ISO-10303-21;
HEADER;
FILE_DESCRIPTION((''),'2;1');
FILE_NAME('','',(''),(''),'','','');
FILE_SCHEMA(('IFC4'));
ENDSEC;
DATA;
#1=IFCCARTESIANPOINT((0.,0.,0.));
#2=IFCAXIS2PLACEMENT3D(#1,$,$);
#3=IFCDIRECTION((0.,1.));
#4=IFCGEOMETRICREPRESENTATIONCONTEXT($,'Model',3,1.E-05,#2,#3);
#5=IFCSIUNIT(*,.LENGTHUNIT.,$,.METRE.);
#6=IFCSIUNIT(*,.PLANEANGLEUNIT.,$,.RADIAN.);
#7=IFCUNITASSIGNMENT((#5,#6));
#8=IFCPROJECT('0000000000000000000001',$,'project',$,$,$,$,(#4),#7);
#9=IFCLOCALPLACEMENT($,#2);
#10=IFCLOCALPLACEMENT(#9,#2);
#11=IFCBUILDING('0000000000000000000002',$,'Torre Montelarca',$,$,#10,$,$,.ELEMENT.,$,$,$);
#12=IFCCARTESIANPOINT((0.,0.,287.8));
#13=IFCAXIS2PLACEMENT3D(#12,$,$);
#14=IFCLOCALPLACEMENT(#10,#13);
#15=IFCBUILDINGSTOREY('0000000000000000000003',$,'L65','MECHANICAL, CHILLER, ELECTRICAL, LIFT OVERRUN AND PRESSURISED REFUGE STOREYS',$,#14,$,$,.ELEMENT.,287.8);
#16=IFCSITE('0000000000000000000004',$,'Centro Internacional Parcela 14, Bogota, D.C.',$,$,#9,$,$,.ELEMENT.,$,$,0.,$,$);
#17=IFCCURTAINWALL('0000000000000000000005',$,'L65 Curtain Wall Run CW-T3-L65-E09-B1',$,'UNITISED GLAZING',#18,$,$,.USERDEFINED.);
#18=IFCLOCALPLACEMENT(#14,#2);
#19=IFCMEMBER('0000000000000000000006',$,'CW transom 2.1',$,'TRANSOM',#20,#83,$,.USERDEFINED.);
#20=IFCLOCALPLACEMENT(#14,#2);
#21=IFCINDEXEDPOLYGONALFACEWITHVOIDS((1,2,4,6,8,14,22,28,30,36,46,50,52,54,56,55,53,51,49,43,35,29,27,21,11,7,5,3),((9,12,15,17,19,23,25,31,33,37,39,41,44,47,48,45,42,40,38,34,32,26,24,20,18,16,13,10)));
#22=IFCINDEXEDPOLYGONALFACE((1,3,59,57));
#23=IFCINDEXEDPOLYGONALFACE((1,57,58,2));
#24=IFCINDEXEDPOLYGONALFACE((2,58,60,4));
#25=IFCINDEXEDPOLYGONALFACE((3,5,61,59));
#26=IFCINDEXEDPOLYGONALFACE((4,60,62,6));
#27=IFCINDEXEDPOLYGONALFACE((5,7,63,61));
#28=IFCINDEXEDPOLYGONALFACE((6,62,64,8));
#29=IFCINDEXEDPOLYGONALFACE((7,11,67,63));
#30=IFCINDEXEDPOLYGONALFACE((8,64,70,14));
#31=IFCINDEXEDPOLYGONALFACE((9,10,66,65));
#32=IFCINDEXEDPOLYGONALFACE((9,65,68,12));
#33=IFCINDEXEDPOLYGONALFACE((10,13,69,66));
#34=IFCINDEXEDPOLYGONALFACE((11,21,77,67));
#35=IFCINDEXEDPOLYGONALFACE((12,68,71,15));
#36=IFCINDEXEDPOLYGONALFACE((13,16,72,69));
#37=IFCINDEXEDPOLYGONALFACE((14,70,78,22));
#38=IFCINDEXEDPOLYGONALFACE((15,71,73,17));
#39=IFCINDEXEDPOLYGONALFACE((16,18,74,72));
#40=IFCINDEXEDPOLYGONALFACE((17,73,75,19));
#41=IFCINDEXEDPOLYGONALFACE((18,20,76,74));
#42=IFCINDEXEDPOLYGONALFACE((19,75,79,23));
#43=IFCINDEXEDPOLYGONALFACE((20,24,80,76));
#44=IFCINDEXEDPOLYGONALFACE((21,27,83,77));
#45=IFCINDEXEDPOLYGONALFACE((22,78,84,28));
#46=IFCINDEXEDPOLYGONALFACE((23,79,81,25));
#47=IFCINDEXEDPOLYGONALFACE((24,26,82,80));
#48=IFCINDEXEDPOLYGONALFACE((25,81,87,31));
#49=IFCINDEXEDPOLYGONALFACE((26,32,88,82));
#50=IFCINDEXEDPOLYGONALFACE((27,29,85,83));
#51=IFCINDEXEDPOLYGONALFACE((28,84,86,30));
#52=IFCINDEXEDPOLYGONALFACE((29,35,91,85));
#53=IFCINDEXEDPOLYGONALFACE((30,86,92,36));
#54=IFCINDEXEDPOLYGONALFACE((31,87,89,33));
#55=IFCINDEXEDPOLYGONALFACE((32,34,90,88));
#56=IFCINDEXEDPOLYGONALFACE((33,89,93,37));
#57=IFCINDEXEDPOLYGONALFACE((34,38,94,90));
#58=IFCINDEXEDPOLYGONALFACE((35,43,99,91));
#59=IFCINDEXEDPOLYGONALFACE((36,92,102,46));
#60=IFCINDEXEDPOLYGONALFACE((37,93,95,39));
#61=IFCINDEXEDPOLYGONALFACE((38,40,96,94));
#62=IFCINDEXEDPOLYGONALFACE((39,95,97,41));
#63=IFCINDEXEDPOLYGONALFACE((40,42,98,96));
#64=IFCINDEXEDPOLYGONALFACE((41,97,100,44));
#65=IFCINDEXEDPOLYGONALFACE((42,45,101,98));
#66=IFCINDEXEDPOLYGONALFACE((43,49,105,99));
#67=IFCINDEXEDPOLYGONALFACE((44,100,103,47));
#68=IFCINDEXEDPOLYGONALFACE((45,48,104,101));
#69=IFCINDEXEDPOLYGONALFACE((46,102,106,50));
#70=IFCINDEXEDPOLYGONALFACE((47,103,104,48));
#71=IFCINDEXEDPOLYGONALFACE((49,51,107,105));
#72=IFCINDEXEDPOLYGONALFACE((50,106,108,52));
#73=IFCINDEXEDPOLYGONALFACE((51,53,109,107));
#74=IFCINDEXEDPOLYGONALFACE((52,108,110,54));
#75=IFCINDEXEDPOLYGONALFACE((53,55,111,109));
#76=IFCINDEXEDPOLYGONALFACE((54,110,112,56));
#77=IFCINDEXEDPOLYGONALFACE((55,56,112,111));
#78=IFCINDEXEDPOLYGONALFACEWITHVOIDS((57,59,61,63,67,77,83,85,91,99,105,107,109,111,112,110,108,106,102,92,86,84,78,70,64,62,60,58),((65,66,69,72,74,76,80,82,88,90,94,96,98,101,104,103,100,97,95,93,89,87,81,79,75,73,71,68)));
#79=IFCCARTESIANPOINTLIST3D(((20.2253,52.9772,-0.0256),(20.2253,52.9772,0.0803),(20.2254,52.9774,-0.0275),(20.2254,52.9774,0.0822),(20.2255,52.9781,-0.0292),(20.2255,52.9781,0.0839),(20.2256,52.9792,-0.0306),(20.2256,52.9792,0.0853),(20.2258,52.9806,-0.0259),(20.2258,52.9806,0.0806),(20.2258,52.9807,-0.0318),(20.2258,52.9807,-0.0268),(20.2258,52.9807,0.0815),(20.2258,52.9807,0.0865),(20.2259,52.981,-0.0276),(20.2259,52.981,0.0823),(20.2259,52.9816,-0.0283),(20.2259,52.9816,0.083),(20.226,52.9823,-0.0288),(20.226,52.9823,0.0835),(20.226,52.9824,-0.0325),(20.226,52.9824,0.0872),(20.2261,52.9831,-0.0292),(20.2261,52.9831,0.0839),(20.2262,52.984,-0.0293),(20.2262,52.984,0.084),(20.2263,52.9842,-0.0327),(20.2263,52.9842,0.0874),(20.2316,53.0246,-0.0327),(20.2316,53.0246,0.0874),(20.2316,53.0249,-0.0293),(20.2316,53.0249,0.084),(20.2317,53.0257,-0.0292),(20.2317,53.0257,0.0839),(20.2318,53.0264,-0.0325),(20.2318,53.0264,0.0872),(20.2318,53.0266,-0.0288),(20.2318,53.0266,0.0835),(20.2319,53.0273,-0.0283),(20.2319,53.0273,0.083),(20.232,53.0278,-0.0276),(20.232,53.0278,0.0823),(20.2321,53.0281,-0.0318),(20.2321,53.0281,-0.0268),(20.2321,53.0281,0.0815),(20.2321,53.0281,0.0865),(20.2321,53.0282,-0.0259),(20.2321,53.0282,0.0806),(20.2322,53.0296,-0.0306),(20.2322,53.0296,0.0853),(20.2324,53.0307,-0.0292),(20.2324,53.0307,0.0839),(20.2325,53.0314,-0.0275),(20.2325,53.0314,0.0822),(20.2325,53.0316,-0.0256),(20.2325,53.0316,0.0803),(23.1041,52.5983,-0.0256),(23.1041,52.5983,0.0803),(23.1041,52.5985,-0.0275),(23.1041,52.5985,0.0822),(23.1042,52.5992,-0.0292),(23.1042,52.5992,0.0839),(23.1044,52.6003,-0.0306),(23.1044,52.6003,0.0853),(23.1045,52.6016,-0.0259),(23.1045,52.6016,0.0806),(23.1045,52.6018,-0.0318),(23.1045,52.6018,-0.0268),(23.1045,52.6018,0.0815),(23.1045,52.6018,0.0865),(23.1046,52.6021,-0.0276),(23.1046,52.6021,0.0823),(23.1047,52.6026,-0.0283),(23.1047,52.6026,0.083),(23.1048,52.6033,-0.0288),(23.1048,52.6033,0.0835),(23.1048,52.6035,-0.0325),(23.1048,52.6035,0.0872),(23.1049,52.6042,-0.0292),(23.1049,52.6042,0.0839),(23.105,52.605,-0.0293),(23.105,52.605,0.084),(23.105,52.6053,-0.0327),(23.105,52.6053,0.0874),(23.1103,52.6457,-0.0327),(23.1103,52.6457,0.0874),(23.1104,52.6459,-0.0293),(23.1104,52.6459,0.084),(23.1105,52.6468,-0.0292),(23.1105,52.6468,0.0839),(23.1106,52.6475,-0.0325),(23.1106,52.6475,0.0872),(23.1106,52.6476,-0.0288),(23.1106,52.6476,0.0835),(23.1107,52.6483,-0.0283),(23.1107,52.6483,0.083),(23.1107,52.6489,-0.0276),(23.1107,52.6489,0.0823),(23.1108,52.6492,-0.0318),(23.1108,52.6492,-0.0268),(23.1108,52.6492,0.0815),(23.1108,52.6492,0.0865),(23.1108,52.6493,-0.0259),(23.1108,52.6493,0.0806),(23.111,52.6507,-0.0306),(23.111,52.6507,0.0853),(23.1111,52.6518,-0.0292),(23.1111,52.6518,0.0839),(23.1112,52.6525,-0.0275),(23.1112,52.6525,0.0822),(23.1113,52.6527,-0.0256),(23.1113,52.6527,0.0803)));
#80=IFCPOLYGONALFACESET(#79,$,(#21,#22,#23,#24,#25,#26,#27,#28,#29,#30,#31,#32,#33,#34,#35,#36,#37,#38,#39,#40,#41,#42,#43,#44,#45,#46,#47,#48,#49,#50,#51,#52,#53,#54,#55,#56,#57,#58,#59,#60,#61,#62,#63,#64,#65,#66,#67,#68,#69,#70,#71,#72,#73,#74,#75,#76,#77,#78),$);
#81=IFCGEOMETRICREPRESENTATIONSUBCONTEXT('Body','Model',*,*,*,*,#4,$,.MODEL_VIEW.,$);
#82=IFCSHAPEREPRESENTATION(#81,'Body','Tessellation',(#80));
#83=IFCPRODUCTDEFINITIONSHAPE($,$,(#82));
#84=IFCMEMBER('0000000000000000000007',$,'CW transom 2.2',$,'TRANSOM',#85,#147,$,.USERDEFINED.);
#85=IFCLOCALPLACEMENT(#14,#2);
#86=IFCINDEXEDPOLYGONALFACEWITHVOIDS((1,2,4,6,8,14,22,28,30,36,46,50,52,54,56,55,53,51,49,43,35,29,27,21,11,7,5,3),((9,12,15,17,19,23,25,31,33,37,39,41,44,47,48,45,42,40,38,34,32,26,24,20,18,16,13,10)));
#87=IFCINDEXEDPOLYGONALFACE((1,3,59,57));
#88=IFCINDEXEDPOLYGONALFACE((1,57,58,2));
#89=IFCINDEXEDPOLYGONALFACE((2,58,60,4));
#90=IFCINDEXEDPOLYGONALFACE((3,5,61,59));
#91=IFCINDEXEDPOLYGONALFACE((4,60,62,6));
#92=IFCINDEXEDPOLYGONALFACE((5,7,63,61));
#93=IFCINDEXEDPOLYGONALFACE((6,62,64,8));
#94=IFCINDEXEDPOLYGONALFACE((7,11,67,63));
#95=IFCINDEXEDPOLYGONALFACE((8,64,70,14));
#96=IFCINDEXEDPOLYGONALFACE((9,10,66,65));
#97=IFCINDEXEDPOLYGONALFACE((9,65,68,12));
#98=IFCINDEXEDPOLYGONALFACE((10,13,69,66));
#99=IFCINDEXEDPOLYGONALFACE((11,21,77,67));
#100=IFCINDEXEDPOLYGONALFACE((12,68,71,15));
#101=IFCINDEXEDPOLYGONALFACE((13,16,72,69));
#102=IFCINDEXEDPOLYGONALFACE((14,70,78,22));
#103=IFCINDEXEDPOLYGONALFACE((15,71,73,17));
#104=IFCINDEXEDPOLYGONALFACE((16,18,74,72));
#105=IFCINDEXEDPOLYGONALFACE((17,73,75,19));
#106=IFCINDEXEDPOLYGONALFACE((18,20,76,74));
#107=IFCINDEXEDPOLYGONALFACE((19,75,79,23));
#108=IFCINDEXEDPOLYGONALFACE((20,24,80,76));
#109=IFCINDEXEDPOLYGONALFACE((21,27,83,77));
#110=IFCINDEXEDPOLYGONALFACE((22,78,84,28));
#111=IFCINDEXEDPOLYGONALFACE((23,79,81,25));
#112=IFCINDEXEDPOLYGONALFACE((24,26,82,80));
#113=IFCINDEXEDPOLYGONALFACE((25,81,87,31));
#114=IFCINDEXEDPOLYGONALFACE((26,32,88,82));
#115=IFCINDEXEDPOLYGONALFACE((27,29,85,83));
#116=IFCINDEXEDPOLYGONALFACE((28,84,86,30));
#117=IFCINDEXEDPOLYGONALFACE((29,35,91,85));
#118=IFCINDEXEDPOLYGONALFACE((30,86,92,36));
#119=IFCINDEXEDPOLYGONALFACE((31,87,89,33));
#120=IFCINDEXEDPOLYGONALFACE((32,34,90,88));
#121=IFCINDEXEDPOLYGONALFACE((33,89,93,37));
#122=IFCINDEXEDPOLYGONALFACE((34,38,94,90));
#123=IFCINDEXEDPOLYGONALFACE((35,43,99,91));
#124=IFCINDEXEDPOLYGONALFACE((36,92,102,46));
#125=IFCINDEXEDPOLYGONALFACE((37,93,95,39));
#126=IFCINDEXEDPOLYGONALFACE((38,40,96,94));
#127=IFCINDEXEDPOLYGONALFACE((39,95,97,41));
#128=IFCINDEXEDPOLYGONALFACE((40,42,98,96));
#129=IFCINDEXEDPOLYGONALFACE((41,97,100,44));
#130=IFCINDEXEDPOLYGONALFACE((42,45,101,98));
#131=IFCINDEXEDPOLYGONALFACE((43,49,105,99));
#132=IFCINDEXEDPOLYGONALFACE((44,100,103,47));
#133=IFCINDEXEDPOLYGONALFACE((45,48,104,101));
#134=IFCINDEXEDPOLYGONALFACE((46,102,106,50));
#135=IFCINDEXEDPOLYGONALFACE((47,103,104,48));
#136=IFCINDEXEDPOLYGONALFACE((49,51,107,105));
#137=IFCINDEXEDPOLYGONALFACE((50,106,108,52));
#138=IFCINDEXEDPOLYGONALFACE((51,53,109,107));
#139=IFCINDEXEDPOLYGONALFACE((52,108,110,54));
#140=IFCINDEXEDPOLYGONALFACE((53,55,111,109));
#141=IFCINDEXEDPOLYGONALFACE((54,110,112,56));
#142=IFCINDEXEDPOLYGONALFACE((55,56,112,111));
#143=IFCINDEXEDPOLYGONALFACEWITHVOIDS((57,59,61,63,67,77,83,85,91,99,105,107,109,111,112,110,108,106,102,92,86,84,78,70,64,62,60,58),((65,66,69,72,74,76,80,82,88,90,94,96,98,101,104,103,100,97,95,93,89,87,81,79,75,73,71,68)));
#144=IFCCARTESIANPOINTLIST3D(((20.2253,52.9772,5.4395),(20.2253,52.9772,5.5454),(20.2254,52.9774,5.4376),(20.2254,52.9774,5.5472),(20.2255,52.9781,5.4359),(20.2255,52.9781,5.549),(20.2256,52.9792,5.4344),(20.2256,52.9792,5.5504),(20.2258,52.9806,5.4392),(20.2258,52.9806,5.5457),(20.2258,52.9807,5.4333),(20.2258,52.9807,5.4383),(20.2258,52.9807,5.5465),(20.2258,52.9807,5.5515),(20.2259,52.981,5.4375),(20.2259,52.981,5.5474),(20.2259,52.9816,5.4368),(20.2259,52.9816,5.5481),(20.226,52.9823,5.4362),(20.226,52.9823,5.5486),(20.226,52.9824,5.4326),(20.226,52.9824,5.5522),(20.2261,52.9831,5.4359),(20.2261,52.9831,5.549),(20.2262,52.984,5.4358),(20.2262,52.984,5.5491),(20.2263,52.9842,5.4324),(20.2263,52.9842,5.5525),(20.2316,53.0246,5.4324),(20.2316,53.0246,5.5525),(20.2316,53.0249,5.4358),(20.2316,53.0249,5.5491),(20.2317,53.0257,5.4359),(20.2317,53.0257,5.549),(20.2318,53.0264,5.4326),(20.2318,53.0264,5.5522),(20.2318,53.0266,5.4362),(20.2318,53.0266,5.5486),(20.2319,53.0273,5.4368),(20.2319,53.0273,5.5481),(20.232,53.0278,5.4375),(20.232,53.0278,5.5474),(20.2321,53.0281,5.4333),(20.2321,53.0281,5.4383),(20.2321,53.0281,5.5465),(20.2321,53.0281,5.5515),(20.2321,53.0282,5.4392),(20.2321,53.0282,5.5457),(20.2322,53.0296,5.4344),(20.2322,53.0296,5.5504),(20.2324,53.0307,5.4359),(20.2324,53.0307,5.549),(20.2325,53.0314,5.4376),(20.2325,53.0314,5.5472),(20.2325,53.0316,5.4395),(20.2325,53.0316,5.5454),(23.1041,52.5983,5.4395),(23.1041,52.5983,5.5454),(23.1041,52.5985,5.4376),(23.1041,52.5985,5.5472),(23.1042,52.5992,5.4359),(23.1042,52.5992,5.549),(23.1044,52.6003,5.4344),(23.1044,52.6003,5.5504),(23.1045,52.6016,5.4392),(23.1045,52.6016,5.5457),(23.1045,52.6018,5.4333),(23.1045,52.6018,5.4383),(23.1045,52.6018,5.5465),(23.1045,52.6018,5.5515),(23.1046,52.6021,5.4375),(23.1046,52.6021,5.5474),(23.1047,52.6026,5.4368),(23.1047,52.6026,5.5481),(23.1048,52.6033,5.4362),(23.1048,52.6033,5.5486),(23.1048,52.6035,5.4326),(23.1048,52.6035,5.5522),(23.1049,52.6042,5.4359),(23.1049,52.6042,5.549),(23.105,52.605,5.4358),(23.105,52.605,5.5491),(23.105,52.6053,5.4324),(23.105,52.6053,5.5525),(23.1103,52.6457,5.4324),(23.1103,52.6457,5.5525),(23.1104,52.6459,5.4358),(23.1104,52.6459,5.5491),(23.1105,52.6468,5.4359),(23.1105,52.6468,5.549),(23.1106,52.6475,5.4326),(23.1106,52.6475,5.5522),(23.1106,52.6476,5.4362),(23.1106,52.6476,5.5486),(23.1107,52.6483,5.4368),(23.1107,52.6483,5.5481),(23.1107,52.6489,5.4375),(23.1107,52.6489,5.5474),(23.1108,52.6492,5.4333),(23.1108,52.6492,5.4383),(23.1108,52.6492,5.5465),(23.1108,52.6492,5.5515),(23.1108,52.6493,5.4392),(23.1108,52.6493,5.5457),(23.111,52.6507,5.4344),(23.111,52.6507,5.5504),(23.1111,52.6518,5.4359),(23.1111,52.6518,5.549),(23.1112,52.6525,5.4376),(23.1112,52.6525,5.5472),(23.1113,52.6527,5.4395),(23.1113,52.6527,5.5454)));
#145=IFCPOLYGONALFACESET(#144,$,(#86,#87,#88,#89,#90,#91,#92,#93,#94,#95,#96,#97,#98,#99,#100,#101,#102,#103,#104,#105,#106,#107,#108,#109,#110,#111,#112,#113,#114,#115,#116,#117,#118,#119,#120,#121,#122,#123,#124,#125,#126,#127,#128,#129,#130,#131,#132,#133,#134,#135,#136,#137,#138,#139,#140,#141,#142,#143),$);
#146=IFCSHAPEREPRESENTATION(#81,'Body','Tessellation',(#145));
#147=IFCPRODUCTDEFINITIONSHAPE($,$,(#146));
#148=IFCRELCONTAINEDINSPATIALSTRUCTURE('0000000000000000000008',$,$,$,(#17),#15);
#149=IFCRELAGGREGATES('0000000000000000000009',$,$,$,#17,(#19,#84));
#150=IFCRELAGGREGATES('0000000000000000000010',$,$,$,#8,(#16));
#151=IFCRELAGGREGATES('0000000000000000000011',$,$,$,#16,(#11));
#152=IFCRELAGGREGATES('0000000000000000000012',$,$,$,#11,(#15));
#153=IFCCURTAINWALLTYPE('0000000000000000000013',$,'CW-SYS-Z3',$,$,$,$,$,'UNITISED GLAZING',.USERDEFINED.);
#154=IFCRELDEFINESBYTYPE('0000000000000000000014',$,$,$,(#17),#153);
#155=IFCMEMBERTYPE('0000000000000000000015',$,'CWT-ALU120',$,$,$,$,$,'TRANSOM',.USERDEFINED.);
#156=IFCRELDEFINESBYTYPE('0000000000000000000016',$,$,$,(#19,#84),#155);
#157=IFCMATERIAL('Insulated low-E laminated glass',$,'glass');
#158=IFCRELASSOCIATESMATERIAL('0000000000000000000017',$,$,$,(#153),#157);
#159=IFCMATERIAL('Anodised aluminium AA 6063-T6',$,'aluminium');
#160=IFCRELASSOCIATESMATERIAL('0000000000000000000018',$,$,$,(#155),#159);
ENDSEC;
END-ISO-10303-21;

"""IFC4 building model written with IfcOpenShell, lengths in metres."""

from ifc_helpers import new_model, si_unit, direction, frame, origin, origin_2d, place, context, subcontext, project, spatial, hollow_rectangle, extrude, source, transform, mapped, material, material_profile, profile_set, type_object, element, aggregate, save


model = new_model("IFC4")

# Units and contexts
model_context = context("Model", 3, precision=1e-05, world=origin(), true_north=direction((0.0, 1.0)))
body_context = subcontext(model_context, "Body", "Model", "MODEL_VIEW")
ifc_project = project(units=[si_unit("LENGTHUNIT", "METRE"), si_unit("PLANEANGLEUNIT", "RADIAN")], contexts=[model_context])

# Site, building, storey
site_placement = place(None, origin())
site = spatial("IfcSite", under=ifc_project, at=site_placement, Name="Centro Internacional Parcela 14, Bogota, D.C.", CompositionType="ELEMENT", RefElevation=0.0)
building_placement = place(site_placement, origin())
building = spatial("IfcBuilding", under=site, at=building_placement, Name="Torre Montelarca", CompositionType="ELEMENT")
storey_placement = place(building_placement, frame((0.0, 0.0, 287.8)))
storey = spatial("IfcBuildingStorey", under=building, at=storey_placement, Name="L65", Description="MECHANICAL, CHILLER, ELECTRICAL, LIFT OVERRUN AND PRESSURISED REFUGE STOREYS", CompositionType="ELEMENT", Elevation=287.8)

# Curtain wall, members
ifc_material_1 = material(Name="Insulated low-E laminated glass", Category="glass")
curtain_wall_type = type_object("IfcCurtainWallType", Name="CW-SYS-Z3", ElementType="UNITISED GLAZING", PredefinedType="USERDEFINED", material=ifc_material_1)
curtain_wall_placement = place(storey_placement, origin())
curtain_wall = element("IfcCurtainWall", 1, at=curtain_wall_placement, inside=storey, type_object=curtain_wall_type, Name="L65 Curtain Wall Run CW-T3-L65-E09-B1", ObjectType="UNITISED GLAZING", PredefinedType="USERDEFINED")
ifc_material_2 = material(Name="Anodised aluminium AA 6063-T6", Category="aluminium")
ifc_material_profile_1 = material_profile(ifc_material_2, hollow_rectangle(XDim=0.0549, YDim=0.1201, WallThickness=0.0034, InnerFilletRadius=0.0034, OuterFilletRadius=0.0071, at=origin_2d()), Name="ALU55X120X3.5", Category="aluminium")
ifc_profile_set_1 = profile_set([ifc_material_profile_1], Name="Anodised aluminium AA 6063-T6")
member_type_1 = type_object("IfcMemberType", Name="CWT-ALU120", ElementType="TRANSOM", PredefinedType="USERDEFINED", material=ifc_profile_set_1)
shared_shape_1 = source(origin(), body_context, "Body", "SweptSolid", [
    extrude(hollow_rectangle(XDim=0.0549, YDim=0.1201, WallThickness=0.0034, InnerFilletRadius=0.0034, OuterFilletRadius=0.0071, at=origin_2d()), origin(), (0.0, 0.0, 1.0), 2.9036),
])
member_1_placement = place(storey_placement, frame((23.1077, 52.6255, 0.0273), z_axis=(-0.991448, 0.1305, 0.0), x_axis=(-0.1305, -0.991448, 0.0)))
member_1 = element("IfcMember", 2, at=member_1_placement, type_object=member_type_1, Name="CW transom 2.1", ObjectType="TRANSOM", PredefinedType="USERDEFINED", context=body_context, shape_type="MappedRepresentation", body=[
    mapped(shared_shape_1, transform((0.0, 0.0, 0.0), scale=1.0)),
])
member_2_placement = place(storey_placement, frame((23.1077, 52.6255, 5.4924), z_axis=(-0.991448, 0.1305, 0.0), x_axis=(-0.1305, -0.991448, 0.0)))
member_2 = element("IfcMember", 3, at=member_2_placement, type_object=member_type_1, Name="CW transom 2.2", ObjectType="TRANSOM", PredefinedType="USERDEFINED", context=body_context, shape_type="MappedRepresentation", body=[
    mapped(shared_shape_1, transform((0.0, 0.0, 0.0), scale=1.0)),
])
aggregate(curtain_wall, [member_1, member_2])

save(model, "model.ifc")
